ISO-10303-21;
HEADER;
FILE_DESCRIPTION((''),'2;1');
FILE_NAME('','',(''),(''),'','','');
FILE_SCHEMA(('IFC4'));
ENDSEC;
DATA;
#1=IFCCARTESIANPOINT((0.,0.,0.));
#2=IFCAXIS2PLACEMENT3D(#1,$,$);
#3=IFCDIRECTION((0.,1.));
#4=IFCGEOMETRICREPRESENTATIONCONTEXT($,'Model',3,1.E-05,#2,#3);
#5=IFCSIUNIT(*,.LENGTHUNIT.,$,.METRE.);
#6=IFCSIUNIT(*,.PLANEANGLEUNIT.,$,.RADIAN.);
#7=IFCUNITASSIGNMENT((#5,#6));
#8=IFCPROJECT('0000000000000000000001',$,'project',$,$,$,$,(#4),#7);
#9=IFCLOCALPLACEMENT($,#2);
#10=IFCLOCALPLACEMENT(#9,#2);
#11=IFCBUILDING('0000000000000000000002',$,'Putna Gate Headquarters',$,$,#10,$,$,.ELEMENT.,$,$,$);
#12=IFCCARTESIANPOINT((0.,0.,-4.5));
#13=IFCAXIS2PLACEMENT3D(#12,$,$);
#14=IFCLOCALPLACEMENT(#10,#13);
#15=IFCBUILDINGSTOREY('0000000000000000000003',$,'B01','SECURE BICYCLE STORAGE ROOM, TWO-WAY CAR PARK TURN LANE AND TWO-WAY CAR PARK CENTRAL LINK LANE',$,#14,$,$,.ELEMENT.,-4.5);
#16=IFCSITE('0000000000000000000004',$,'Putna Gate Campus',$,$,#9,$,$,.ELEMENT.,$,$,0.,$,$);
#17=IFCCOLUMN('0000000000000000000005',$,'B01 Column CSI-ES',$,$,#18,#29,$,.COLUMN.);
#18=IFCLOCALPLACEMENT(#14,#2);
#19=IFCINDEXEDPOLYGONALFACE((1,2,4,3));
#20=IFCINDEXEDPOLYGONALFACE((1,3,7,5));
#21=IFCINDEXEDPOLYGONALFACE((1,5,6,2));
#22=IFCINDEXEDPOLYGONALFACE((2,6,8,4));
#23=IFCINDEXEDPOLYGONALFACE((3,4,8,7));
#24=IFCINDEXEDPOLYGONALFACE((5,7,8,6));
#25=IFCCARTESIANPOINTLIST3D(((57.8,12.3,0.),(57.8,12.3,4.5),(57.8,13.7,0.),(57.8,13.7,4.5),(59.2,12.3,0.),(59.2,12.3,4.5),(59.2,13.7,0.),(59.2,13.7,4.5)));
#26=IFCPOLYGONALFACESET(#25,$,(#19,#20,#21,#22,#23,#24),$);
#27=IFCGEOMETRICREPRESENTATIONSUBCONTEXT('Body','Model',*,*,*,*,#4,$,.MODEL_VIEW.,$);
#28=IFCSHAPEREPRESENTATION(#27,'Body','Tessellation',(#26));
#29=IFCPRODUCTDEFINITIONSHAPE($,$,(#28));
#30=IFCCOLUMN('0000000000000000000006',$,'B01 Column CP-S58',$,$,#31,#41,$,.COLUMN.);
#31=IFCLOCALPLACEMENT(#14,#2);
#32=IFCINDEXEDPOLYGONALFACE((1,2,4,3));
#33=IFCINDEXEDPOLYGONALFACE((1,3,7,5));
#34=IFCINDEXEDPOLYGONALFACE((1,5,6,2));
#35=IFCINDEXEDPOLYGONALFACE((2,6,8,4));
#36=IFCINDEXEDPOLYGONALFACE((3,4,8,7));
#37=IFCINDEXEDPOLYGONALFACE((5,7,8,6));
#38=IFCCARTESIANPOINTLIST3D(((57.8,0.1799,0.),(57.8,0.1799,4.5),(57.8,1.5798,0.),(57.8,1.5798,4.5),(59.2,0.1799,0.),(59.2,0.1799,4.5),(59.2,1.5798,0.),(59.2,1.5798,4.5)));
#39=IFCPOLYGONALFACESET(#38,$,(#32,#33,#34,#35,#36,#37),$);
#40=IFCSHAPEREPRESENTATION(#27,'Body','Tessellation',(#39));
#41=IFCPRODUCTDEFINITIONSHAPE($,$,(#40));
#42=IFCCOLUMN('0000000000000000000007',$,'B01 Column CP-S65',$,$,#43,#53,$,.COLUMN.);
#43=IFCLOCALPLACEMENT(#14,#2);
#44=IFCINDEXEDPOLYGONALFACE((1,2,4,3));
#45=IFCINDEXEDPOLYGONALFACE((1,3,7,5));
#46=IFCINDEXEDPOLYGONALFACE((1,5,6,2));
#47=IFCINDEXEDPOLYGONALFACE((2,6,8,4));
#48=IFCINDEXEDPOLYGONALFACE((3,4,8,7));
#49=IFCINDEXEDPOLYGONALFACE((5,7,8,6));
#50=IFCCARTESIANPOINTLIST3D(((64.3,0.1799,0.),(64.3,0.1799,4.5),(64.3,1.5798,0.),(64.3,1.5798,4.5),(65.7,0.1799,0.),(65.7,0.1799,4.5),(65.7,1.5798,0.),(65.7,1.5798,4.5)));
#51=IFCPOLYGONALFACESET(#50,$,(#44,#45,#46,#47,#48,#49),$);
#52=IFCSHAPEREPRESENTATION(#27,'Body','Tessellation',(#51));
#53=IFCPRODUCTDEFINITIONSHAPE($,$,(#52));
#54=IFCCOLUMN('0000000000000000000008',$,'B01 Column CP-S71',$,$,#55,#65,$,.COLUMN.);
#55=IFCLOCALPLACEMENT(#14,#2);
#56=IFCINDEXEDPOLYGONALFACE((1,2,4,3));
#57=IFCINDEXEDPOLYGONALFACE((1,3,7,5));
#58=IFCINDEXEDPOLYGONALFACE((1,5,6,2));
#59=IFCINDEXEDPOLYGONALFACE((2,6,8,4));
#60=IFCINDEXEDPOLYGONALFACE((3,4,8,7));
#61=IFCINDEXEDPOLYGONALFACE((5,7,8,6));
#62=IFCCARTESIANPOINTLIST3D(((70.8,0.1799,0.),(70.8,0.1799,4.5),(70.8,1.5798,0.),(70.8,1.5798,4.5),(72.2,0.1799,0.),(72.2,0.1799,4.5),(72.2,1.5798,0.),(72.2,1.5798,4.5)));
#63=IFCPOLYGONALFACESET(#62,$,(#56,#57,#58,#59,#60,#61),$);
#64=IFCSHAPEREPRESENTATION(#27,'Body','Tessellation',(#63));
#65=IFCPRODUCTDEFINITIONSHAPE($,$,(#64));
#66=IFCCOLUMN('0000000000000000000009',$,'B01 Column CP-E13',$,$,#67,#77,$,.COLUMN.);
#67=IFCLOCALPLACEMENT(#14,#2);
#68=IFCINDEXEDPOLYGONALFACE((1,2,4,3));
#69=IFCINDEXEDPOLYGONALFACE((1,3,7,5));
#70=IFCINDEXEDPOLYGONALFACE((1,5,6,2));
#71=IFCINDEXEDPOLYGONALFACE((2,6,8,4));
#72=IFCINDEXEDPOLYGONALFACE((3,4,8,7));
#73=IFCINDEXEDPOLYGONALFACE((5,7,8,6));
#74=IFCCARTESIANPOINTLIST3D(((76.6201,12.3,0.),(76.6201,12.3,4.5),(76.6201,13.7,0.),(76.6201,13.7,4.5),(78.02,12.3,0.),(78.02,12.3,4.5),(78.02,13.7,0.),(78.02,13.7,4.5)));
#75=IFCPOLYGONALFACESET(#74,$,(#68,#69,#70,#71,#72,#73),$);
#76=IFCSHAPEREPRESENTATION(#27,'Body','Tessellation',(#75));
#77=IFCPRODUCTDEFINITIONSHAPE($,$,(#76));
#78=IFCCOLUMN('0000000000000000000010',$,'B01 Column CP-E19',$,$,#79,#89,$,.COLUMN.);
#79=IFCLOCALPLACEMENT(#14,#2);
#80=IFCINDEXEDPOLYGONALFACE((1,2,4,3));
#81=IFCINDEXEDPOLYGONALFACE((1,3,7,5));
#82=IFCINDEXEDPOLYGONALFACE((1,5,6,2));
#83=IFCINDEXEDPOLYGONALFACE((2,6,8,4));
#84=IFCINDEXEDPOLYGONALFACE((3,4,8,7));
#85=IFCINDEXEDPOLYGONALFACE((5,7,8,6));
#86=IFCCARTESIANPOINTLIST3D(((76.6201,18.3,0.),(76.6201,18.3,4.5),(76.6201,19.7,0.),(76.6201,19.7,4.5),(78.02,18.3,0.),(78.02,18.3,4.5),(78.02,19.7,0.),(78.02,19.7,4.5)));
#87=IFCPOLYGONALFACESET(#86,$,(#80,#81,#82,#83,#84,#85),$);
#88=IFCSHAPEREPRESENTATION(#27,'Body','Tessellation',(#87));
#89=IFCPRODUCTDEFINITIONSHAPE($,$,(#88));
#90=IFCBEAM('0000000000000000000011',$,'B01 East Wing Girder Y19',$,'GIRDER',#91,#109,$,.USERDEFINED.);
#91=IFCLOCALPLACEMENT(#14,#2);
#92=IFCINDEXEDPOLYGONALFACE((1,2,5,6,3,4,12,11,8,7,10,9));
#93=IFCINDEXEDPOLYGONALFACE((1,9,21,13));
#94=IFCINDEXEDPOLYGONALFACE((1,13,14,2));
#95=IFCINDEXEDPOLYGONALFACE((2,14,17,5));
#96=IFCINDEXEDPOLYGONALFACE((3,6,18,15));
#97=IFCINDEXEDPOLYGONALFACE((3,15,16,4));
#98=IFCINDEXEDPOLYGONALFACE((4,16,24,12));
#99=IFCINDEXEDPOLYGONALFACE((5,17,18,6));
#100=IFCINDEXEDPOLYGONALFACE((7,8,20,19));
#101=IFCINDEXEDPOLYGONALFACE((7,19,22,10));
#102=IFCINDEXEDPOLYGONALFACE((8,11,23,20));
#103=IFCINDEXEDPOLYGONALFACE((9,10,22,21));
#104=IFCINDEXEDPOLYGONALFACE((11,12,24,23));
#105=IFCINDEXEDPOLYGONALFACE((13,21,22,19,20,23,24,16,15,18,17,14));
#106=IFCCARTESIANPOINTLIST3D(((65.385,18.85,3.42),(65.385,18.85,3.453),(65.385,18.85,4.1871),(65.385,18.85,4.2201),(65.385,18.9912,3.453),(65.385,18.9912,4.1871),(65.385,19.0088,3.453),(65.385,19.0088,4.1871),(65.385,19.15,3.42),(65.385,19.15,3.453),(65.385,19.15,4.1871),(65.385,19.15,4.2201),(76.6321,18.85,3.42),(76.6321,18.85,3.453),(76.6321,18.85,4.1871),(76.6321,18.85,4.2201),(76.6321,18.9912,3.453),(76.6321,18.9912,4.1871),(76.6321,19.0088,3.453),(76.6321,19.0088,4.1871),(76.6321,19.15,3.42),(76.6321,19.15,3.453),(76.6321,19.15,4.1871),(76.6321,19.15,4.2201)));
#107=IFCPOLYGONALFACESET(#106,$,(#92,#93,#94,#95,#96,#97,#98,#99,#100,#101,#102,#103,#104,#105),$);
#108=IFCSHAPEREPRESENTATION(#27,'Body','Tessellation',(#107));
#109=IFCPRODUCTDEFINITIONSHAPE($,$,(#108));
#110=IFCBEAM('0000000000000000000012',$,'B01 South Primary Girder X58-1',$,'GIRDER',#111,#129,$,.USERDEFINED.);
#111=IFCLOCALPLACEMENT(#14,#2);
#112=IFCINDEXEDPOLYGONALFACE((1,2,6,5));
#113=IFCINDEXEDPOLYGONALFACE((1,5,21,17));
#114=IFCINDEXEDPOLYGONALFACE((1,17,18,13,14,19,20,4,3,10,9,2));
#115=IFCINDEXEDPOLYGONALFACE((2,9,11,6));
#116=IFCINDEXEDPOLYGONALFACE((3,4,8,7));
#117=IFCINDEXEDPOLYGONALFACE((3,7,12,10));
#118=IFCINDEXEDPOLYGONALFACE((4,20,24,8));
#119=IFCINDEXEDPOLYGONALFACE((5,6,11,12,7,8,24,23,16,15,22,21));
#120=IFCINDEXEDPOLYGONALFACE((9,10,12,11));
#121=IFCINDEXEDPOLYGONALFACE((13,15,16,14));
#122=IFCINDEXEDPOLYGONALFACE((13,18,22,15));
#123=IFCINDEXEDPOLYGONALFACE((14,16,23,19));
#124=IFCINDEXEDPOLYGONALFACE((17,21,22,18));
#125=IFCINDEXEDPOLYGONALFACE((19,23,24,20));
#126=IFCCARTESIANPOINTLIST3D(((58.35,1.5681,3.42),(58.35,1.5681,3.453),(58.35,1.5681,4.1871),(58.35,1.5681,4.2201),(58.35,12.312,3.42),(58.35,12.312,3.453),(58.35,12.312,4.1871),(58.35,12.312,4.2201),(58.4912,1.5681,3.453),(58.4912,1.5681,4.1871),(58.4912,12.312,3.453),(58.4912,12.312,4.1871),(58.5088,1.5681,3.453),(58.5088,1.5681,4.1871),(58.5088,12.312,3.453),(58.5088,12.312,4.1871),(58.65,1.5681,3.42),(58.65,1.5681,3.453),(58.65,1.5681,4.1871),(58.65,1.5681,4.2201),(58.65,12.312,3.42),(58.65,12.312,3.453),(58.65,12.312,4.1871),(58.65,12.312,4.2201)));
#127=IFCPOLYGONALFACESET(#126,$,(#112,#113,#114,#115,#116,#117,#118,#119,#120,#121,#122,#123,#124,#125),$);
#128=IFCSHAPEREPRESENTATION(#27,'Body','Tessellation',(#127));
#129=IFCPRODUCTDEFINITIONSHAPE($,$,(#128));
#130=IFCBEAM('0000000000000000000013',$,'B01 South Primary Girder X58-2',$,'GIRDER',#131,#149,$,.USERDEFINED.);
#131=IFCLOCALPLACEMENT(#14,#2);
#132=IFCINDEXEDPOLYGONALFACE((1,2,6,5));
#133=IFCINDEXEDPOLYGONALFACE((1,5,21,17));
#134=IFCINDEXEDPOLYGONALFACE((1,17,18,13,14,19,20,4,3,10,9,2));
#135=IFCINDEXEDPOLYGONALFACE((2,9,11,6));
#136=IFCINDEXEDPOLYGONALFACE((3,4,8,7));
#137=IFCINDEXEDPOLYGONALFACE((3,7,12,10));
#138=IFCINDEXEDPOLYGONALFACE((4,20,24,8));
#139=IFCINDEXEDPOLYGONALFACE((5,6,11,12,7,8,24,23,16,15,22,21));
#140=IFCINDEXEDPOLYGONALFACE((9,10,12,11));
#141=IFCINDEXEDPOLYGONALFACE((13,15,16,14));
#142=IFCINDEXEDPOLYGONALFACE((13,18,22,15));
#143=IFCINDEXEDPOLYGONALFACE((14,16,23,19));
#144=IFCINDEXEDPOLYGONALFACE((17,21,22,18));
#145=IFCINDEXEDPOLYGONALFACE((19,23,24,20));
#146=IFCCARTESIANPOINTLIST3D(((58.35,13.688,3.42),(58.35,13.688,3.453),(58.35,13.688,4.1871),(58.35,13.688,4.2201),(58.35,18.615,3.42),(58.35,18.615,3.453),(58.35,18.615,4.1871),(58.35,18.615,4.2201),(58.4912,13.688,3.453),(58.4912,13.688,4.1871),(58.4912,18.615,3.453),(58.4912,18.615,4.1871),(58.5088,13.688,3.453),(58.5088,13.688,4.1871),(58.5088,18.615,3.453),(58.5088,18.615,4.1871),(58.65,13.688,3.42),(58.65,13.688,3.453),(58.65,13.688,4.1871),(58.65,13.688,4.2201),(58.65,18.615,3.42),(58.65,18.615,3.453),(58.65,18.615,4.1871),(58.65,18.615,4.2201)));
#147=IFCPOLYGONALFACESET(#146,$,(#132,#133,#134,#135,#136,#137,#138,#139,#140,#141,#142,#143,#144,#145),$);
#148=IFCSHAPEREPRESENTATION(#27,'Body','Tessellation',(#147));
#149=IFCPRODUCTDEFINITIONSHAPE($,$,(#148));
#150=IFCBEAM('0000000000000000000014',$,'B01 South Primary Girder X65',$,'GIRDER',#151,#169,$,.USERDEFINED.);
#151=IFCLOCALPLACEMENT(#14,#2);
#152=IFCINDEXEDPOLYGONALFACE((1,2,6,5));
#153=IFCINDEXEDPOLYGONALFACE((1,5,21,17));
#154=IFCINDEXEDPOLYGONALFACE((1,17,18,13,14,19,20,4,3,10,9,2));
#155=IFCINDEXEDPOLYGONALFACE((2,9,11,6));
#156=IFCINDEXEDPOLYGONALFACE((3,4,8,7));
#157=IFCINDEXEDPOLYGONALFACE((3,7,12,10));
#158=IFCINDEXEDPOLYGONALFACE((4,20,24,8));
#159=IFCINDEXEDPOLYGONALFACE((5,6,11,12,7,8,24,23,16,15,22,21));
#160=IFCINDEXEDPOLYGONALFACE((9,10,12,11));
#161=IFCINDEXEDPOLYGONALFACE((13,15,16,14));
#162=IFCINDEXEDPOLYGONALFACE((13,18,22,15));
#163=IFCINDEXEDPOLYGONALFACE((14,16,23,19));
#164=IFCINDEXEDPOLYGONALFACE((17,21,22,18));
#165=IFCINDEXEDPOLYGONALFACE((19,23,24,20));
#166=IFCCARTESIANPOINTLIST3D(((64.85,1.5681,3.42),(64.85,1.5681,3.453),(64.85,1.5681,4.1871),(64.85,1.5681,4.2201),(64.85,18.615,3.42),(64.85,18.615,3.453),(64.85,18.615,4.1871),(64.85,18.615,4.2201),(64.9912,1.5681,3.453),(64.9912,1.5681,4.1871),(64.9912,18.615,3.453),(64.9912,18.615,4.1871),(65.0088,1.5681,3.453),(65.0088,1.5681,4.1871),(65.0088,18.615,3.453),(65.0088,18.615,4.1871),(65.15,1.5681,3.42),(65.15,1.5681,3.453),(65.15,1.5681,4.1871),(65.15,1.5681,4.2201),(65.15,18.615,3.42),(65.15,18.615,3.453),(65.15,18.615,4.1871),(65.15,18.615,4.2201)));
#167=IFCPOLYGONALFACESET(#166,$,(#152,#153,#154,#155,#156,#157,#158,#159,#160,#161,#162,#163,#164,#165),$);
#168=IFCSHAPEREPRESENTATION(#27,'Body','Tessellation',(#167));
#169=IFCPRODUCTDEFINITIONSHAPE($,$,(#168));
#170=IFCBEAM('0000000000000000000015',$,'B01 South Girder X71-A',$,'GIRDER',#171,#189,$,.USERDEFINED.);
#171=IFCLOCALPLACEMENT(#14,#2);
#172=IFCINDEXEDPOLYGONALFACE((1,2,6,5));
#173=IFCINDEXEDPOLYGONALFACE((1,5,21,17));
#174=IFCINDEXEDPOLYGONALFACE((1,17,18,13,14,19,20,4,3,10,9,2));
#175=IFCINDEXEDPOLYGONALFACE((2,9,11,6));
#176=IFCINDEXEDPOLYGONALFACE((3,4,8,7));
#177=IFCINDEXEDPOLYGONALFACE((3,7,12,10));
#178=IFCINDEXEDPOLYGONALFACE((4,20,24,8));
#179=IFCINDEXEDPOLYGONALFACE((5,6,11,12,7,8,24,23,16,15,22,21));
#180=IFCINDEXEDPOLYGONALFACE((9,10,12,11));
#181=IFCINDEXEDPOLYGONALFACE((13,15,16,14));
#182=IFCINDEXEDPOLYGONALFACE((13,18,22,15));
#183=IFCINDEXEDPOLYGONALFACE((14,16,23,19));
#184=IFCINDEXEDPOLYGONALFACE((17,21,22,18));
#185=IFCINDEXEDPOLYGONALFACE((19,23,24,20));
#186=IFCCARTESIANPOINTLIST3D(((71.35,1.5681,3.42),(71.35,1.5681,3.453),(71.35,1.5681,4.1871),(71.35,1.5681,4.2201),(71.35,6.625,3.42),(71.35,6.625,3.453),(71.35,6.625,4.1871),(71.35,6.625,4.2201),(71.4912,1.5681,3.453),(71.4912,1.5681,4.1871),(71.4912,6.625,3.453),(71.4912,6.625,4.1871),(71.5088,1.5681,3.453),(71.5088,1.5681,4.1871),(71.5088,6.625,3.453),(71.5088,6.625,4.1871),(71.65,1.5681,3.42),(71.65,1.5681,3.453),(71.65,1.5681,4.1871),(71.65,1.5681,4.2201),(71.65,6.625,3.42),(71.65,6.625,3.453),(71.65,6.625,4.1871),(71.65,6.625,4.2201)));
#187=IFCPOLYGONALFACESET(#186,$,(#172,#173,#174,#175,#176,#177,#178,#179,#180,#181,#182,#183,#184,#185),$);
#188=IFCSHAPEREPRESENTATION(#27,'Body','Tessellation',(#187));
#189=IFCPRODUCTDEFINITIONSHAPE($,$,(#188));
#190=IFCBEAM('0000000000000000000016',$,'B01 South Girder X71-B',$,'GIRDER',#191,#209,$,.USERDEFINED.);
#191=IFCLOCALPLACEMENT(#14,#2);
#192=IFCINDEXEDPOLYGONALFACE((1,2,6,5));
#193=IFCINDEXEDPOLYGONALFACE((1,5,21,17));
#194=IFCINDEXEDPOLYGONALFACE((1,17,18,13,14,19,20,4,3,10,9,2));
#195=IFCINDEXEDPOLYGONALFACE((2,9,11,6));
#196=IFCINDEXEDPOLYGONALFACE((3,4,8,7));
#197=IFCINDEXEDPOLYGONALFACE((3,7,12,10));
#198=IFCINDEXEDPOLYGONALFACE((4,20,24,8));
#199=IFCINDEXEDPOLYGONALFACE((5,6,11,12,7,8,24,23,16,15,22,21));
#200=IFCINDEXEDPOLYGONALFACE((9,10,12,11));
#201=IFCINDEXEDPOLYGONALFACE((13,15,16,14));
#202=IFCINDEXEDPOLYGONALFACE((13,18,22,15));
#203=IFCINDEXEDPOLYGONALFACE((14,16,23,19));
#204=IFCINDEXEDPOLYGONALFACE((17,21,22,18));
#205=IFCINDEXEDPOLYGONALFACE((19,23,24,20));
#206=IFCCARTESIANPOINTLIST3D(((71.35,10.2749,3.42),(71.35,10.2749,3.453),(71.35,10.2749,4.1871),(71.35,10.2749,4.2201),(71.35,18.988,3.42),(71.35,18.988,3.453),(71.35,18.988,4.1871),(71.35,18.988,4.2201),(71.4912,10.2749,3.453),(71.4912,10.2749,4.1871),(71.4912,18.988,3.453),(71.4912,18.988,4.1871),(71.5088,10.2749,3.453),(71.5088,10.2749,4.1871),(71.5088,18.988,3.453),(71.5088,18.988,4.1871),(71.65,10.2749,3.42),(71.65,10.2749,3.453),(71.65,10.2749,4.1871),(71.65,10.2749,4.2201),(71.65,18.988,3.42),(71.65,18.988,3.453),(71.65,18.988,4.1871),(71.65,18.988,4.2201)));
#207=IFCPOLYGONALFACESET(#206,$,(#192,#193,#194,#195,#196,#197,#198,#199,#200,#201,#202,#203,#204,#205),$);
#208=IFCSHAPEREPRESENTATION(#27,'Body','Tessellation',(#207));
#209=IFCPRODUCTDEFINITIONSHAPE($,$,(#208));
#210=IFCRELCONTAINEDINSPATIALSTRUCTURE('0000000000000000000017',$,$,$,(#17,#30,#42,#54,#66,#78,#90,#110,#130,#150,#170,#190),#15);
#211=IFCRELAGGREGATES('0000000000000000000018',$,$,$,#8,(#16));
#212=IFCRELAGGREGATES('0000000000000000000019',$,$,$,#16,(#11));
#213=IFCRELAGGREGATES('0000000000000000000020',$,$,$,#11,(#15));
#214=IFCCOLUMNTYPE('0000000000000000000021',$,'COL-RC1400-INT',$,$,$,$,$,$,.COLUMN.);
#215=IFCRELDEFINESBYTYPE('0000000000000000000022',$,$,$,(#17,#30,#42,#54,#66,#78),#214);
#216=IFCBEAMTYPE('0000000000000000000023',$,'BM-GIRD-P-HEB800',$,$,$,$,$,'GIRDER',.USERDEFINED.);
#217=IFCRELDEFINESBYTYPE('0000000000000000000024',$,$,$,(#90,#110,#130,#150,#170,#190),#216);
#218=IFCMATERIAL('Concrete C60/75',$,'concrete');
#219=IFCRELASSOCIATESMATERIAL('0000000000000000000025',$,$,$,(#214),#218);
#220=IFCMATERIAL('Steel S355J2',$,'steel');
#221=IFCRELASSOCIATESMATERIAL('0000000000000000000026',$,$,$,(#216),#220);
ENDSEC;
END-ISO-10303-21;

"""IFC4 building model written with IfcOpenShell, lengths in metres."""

from ifc_helpers import new_model, si_unit, direction, frame, origin, origin_2d, place, context, subcontext, project, spatial, rectangle, i_section, extrude, material, material_profile, profile_set, type_object, element, save


model = new_model("IFC4")

# Units and contexts
model_context = context("Model", 3, precision=1e-05, world=origin(), true_north=direction((0.0, 1.0)))
body_context = subcontext(model_context, "Body", "Model", "MODEL_VIEW")
ifc_project = project(units=[si_unit("LENGTHUNIT", "METRE"), si_unit("PLANEANGLEUNIT", "RADIAN")], contexts=[model_context])

# Site, building, storey
site_placement = place(None, origin())
site = spatial("IfcSite", under=ifc_project, at=site_placement, Name="Putna Gate Campus", CompositionType="ELEMENT", RefElevation=0.0)
building_placement = place(site_placement, origin())
building = spatial("IfcBuilding", under=site, at=building_placement, Name="Putna Gate Headquarters", CompositionType="ELEMENT")
storey_placement = place(building_placement, frame((0.0, 0.0, -4.5)))
storey = spatial("IfcBuildingStorey", under=building, at=storey_placement, Name="B01", Description="SECURE BICYCLE STORAGE ROOM, TWO-WAY CAR PARK TURN LANE AND TWO-WAY CAR PARK CENTRAL LINK LANE", CompositionType="ELEMENT", Elevation=-4.5)

# Columns
ifc_material_1 = material(Name="Concrete C60/75", Category="concrete")
ifc_material_profile_1 = material_profile(ifc_material_1, rectangle(XDim=1.3999, YDim=1.3999, at=origin_2d()), Name="Concrete C60/75")
ifc_profile_set_1 = profile_set([ifc_material_profile_1], Name="Concrete C60/75")
column_type = type_object("IfcColumnType", Name="COL-RC1400-INT", PredefinedType="COLUMN", material=ifc_profile_set_1)
for number, where, z_axis, x_axis, name in (
    (1, (58.5, 13.0, 0.0), (0.0, 0.0, 1.0), (1.0, 0.0, 0.0), "B01 Column CSI-ES"),
    (2, (58.5, 0.8799, 0.0), (0.0, 0.0, 1.0), (1.0, 0.0, 0.0), "B01 Column CP-S58"),
    (3, (65.0, 0.8799, 0.0), (0.0, 0.0, 1.0), (1.0, 0.0, 0.0), "B01 Column CP-S65"),
    (4, (71.5, 0.8799, 0.0), (0.0, 0.0, 1.0), (1.0, 0.0, 0.0), "B01 Column CP-S71"),
    (5, (77.3201, 13.0, 0.0), (0.0, 0.0, 1.0), (1.0, 0.0, 0.0), "B01 Column CP-E13"),
    (6, (77.3201, 19.0, 0.0), (0.0, 0.0, 1.0), (1.0, 0.0, 0.0), "B01 Column CP-E19"),
):
    element("IfcColumn", number, at=place(storey_placement, frame(where, z_axis=z_axis, x_axis=x_axis)), inside=storey, type_object=column_type, Name=name, PredefinedType="COLUMN", context=body_context, shape_type="SweptSolid", body=[
        extrude(rectangle(XDim=1.3999, YDim=1.3999, at=origin_2d()), origin(), (0.0, 0.0, 1.0), 4.5),
    ])

# Beams
ifc_material_2 = material(Name="Steel S355J2", Category="steel")
ifc_material_profile_2 = material_profile(ifc_material_2, i_section(OverallWidth=0.3, OverallDepth=0.8, WebThickness=0.0176, FlangeThickness=0.033, at=origin_2d()), Name="Steel S355J2")
ifc_profile_set_2 = profile_set([ifc_material_profile_2], Name="Steel S355J2")
beam_type_1 = type_object("IfcBeamType", Name="BM-GIRD-P-HEB800", ElementType="GIRDER", PredefinedType="USERDEFINED", material=ifc_profile_set_2)
beam_1_placement = place(storey_placement, frame((65.385, 19.0, 3.8201), z_axis=(1.0, 0.0, 0.0), x_axis=(0.0, 1.0, 0.0)))
element("IfcBeam", 7, at=beam_1_placement, inside=storey, type_object=beam_type_1, Name="B01 East Wing Girder Y19", ObjectType="GIRDER", PredefinedType="USERDEFINED", context=body_context, shape_type="SweptSolid", body=[
    extrude(i_section(OverallWidth=0.3, OverallDepth=0.8, WebThickness=0.0176, FlangeThickness=0.033, at=origin_2d()), origin(), (0.0, 0.0, 1.0), 11.2471),
])
beam_2_placement = place(storey_placement, frame((58.5, 1.5681, 3.8201), z_axis=(0.0, 1.0, 0.0), x_axis=(-1.0, 0.0, 0.0)))
element("IfcBeam", 8, at=beam_2_placement, inside=storey, type_object=beam_type_1, Name="B01 South Primary Girder X58-1", ObjectType="GIRDER", PredefinedType="USERDEFINED", context=body_context, shape_type="SweptSolid", body=[
    extrude(i_section(OverallWidth=0.3, OverallDepth=0.8, WebThickness=0.0176, FlangeThickness=0.033, at=origin_2d()), origin(), (0.0, 0.0, 1.0), 10.7439),
])
beam_3_placement = place(storey_placement, frame((58.5, 13.688, 3.8201), z_axis=(0.0, 1.0, 0.0), x_axis=(-1.0, 0.0, 0.0)))
element("IfcBeam", 9, at=beam_3_placement, inside=storey, type_object=beam_type_1, Name="B01 South Primary Girder X58-2", ObjectType="GIRDER", PredefinedType="USERDEFINED", context=body_context, shape_type="SweptSolid", body=[
    extrude(i_section(OverallWidth=0.3, OverallDepth=0.8, WebThickness=0.0176, FlangeThickness=0.033, at=origin_2d()), origin(), (0.0, 0.0, 1.0), 4.927),
])
beam_4_placement = place(storey_placement, frame((65.0, 1.5681, 3.8201), z_axis=(0.0, 1.0, 0.0), x_axis=(-1.0, 0.0, 0.0)))
element("IfcBeam", 10, at=beam_4_placement, inside=storey, type_object=beam_type_1, Name="B01 South Primary Girder X65", ObjectType="GIRDER", PredefinedType="USERDEFINED", context=body_context, shape_type="SweptSolid", body=[
    extrude(i_section(OverallWidth=0.3, OverallDepth=0.8, WebThickness=0.0176, FlangeThickness=0.033, at=origin_2d()), origin(), (0.0, 0.0, 1.0), 17.0469),
])
beam_5_placement = place(storey_placement, frame((71.5, 1.5681, 3.8201), z_axis=(0.0, 1.0, 0.0), x_axis=(-1.0, 0.0, 0.0)))
element("IfcBeam", 11, at=beam_5_placement, inside=storey, type_object=beam_type_1, Name="B01 South Girder X71-A", ObjectType="GIRDER", PredefinedType="USERDEFINED", context=body_context, shape_type="SweptSolid", body=[
    extrude(i_section(OverallWidth=0.3, OverallDepth=0.8, WebThickness=0.0176, FlangeThickness=0.033, at=origin_2d()), origin(), (0.0, 0.0, 1.0), 5.0569),
])
beam_6_placement = place(storey_placement, frame((71.5, 10.2749, 3.8201), z_axis=(0.0, 1.0, 0.0), x_axis=(-1.0, 0.0, 0.0)))
element("IfcBeam", 12, at=beam_6_placement, inside=storey, type_object=beam_type_1, Name="B01 South Girder X71-B", ObjectType="GIRDER", PredefinedType="USERDEFINED", context=body_context, shape_type="SweptSolid", body=[
    extrude(i_section(OverallWidth=0.3, OverallDepth=0.8, WebThickness=0.0176, FlangeThickness=0.033, at=origin_2d()), origin(), (0.0, 0.0, 1.0), 8.7131),
])

save(model, "model.ifc")
